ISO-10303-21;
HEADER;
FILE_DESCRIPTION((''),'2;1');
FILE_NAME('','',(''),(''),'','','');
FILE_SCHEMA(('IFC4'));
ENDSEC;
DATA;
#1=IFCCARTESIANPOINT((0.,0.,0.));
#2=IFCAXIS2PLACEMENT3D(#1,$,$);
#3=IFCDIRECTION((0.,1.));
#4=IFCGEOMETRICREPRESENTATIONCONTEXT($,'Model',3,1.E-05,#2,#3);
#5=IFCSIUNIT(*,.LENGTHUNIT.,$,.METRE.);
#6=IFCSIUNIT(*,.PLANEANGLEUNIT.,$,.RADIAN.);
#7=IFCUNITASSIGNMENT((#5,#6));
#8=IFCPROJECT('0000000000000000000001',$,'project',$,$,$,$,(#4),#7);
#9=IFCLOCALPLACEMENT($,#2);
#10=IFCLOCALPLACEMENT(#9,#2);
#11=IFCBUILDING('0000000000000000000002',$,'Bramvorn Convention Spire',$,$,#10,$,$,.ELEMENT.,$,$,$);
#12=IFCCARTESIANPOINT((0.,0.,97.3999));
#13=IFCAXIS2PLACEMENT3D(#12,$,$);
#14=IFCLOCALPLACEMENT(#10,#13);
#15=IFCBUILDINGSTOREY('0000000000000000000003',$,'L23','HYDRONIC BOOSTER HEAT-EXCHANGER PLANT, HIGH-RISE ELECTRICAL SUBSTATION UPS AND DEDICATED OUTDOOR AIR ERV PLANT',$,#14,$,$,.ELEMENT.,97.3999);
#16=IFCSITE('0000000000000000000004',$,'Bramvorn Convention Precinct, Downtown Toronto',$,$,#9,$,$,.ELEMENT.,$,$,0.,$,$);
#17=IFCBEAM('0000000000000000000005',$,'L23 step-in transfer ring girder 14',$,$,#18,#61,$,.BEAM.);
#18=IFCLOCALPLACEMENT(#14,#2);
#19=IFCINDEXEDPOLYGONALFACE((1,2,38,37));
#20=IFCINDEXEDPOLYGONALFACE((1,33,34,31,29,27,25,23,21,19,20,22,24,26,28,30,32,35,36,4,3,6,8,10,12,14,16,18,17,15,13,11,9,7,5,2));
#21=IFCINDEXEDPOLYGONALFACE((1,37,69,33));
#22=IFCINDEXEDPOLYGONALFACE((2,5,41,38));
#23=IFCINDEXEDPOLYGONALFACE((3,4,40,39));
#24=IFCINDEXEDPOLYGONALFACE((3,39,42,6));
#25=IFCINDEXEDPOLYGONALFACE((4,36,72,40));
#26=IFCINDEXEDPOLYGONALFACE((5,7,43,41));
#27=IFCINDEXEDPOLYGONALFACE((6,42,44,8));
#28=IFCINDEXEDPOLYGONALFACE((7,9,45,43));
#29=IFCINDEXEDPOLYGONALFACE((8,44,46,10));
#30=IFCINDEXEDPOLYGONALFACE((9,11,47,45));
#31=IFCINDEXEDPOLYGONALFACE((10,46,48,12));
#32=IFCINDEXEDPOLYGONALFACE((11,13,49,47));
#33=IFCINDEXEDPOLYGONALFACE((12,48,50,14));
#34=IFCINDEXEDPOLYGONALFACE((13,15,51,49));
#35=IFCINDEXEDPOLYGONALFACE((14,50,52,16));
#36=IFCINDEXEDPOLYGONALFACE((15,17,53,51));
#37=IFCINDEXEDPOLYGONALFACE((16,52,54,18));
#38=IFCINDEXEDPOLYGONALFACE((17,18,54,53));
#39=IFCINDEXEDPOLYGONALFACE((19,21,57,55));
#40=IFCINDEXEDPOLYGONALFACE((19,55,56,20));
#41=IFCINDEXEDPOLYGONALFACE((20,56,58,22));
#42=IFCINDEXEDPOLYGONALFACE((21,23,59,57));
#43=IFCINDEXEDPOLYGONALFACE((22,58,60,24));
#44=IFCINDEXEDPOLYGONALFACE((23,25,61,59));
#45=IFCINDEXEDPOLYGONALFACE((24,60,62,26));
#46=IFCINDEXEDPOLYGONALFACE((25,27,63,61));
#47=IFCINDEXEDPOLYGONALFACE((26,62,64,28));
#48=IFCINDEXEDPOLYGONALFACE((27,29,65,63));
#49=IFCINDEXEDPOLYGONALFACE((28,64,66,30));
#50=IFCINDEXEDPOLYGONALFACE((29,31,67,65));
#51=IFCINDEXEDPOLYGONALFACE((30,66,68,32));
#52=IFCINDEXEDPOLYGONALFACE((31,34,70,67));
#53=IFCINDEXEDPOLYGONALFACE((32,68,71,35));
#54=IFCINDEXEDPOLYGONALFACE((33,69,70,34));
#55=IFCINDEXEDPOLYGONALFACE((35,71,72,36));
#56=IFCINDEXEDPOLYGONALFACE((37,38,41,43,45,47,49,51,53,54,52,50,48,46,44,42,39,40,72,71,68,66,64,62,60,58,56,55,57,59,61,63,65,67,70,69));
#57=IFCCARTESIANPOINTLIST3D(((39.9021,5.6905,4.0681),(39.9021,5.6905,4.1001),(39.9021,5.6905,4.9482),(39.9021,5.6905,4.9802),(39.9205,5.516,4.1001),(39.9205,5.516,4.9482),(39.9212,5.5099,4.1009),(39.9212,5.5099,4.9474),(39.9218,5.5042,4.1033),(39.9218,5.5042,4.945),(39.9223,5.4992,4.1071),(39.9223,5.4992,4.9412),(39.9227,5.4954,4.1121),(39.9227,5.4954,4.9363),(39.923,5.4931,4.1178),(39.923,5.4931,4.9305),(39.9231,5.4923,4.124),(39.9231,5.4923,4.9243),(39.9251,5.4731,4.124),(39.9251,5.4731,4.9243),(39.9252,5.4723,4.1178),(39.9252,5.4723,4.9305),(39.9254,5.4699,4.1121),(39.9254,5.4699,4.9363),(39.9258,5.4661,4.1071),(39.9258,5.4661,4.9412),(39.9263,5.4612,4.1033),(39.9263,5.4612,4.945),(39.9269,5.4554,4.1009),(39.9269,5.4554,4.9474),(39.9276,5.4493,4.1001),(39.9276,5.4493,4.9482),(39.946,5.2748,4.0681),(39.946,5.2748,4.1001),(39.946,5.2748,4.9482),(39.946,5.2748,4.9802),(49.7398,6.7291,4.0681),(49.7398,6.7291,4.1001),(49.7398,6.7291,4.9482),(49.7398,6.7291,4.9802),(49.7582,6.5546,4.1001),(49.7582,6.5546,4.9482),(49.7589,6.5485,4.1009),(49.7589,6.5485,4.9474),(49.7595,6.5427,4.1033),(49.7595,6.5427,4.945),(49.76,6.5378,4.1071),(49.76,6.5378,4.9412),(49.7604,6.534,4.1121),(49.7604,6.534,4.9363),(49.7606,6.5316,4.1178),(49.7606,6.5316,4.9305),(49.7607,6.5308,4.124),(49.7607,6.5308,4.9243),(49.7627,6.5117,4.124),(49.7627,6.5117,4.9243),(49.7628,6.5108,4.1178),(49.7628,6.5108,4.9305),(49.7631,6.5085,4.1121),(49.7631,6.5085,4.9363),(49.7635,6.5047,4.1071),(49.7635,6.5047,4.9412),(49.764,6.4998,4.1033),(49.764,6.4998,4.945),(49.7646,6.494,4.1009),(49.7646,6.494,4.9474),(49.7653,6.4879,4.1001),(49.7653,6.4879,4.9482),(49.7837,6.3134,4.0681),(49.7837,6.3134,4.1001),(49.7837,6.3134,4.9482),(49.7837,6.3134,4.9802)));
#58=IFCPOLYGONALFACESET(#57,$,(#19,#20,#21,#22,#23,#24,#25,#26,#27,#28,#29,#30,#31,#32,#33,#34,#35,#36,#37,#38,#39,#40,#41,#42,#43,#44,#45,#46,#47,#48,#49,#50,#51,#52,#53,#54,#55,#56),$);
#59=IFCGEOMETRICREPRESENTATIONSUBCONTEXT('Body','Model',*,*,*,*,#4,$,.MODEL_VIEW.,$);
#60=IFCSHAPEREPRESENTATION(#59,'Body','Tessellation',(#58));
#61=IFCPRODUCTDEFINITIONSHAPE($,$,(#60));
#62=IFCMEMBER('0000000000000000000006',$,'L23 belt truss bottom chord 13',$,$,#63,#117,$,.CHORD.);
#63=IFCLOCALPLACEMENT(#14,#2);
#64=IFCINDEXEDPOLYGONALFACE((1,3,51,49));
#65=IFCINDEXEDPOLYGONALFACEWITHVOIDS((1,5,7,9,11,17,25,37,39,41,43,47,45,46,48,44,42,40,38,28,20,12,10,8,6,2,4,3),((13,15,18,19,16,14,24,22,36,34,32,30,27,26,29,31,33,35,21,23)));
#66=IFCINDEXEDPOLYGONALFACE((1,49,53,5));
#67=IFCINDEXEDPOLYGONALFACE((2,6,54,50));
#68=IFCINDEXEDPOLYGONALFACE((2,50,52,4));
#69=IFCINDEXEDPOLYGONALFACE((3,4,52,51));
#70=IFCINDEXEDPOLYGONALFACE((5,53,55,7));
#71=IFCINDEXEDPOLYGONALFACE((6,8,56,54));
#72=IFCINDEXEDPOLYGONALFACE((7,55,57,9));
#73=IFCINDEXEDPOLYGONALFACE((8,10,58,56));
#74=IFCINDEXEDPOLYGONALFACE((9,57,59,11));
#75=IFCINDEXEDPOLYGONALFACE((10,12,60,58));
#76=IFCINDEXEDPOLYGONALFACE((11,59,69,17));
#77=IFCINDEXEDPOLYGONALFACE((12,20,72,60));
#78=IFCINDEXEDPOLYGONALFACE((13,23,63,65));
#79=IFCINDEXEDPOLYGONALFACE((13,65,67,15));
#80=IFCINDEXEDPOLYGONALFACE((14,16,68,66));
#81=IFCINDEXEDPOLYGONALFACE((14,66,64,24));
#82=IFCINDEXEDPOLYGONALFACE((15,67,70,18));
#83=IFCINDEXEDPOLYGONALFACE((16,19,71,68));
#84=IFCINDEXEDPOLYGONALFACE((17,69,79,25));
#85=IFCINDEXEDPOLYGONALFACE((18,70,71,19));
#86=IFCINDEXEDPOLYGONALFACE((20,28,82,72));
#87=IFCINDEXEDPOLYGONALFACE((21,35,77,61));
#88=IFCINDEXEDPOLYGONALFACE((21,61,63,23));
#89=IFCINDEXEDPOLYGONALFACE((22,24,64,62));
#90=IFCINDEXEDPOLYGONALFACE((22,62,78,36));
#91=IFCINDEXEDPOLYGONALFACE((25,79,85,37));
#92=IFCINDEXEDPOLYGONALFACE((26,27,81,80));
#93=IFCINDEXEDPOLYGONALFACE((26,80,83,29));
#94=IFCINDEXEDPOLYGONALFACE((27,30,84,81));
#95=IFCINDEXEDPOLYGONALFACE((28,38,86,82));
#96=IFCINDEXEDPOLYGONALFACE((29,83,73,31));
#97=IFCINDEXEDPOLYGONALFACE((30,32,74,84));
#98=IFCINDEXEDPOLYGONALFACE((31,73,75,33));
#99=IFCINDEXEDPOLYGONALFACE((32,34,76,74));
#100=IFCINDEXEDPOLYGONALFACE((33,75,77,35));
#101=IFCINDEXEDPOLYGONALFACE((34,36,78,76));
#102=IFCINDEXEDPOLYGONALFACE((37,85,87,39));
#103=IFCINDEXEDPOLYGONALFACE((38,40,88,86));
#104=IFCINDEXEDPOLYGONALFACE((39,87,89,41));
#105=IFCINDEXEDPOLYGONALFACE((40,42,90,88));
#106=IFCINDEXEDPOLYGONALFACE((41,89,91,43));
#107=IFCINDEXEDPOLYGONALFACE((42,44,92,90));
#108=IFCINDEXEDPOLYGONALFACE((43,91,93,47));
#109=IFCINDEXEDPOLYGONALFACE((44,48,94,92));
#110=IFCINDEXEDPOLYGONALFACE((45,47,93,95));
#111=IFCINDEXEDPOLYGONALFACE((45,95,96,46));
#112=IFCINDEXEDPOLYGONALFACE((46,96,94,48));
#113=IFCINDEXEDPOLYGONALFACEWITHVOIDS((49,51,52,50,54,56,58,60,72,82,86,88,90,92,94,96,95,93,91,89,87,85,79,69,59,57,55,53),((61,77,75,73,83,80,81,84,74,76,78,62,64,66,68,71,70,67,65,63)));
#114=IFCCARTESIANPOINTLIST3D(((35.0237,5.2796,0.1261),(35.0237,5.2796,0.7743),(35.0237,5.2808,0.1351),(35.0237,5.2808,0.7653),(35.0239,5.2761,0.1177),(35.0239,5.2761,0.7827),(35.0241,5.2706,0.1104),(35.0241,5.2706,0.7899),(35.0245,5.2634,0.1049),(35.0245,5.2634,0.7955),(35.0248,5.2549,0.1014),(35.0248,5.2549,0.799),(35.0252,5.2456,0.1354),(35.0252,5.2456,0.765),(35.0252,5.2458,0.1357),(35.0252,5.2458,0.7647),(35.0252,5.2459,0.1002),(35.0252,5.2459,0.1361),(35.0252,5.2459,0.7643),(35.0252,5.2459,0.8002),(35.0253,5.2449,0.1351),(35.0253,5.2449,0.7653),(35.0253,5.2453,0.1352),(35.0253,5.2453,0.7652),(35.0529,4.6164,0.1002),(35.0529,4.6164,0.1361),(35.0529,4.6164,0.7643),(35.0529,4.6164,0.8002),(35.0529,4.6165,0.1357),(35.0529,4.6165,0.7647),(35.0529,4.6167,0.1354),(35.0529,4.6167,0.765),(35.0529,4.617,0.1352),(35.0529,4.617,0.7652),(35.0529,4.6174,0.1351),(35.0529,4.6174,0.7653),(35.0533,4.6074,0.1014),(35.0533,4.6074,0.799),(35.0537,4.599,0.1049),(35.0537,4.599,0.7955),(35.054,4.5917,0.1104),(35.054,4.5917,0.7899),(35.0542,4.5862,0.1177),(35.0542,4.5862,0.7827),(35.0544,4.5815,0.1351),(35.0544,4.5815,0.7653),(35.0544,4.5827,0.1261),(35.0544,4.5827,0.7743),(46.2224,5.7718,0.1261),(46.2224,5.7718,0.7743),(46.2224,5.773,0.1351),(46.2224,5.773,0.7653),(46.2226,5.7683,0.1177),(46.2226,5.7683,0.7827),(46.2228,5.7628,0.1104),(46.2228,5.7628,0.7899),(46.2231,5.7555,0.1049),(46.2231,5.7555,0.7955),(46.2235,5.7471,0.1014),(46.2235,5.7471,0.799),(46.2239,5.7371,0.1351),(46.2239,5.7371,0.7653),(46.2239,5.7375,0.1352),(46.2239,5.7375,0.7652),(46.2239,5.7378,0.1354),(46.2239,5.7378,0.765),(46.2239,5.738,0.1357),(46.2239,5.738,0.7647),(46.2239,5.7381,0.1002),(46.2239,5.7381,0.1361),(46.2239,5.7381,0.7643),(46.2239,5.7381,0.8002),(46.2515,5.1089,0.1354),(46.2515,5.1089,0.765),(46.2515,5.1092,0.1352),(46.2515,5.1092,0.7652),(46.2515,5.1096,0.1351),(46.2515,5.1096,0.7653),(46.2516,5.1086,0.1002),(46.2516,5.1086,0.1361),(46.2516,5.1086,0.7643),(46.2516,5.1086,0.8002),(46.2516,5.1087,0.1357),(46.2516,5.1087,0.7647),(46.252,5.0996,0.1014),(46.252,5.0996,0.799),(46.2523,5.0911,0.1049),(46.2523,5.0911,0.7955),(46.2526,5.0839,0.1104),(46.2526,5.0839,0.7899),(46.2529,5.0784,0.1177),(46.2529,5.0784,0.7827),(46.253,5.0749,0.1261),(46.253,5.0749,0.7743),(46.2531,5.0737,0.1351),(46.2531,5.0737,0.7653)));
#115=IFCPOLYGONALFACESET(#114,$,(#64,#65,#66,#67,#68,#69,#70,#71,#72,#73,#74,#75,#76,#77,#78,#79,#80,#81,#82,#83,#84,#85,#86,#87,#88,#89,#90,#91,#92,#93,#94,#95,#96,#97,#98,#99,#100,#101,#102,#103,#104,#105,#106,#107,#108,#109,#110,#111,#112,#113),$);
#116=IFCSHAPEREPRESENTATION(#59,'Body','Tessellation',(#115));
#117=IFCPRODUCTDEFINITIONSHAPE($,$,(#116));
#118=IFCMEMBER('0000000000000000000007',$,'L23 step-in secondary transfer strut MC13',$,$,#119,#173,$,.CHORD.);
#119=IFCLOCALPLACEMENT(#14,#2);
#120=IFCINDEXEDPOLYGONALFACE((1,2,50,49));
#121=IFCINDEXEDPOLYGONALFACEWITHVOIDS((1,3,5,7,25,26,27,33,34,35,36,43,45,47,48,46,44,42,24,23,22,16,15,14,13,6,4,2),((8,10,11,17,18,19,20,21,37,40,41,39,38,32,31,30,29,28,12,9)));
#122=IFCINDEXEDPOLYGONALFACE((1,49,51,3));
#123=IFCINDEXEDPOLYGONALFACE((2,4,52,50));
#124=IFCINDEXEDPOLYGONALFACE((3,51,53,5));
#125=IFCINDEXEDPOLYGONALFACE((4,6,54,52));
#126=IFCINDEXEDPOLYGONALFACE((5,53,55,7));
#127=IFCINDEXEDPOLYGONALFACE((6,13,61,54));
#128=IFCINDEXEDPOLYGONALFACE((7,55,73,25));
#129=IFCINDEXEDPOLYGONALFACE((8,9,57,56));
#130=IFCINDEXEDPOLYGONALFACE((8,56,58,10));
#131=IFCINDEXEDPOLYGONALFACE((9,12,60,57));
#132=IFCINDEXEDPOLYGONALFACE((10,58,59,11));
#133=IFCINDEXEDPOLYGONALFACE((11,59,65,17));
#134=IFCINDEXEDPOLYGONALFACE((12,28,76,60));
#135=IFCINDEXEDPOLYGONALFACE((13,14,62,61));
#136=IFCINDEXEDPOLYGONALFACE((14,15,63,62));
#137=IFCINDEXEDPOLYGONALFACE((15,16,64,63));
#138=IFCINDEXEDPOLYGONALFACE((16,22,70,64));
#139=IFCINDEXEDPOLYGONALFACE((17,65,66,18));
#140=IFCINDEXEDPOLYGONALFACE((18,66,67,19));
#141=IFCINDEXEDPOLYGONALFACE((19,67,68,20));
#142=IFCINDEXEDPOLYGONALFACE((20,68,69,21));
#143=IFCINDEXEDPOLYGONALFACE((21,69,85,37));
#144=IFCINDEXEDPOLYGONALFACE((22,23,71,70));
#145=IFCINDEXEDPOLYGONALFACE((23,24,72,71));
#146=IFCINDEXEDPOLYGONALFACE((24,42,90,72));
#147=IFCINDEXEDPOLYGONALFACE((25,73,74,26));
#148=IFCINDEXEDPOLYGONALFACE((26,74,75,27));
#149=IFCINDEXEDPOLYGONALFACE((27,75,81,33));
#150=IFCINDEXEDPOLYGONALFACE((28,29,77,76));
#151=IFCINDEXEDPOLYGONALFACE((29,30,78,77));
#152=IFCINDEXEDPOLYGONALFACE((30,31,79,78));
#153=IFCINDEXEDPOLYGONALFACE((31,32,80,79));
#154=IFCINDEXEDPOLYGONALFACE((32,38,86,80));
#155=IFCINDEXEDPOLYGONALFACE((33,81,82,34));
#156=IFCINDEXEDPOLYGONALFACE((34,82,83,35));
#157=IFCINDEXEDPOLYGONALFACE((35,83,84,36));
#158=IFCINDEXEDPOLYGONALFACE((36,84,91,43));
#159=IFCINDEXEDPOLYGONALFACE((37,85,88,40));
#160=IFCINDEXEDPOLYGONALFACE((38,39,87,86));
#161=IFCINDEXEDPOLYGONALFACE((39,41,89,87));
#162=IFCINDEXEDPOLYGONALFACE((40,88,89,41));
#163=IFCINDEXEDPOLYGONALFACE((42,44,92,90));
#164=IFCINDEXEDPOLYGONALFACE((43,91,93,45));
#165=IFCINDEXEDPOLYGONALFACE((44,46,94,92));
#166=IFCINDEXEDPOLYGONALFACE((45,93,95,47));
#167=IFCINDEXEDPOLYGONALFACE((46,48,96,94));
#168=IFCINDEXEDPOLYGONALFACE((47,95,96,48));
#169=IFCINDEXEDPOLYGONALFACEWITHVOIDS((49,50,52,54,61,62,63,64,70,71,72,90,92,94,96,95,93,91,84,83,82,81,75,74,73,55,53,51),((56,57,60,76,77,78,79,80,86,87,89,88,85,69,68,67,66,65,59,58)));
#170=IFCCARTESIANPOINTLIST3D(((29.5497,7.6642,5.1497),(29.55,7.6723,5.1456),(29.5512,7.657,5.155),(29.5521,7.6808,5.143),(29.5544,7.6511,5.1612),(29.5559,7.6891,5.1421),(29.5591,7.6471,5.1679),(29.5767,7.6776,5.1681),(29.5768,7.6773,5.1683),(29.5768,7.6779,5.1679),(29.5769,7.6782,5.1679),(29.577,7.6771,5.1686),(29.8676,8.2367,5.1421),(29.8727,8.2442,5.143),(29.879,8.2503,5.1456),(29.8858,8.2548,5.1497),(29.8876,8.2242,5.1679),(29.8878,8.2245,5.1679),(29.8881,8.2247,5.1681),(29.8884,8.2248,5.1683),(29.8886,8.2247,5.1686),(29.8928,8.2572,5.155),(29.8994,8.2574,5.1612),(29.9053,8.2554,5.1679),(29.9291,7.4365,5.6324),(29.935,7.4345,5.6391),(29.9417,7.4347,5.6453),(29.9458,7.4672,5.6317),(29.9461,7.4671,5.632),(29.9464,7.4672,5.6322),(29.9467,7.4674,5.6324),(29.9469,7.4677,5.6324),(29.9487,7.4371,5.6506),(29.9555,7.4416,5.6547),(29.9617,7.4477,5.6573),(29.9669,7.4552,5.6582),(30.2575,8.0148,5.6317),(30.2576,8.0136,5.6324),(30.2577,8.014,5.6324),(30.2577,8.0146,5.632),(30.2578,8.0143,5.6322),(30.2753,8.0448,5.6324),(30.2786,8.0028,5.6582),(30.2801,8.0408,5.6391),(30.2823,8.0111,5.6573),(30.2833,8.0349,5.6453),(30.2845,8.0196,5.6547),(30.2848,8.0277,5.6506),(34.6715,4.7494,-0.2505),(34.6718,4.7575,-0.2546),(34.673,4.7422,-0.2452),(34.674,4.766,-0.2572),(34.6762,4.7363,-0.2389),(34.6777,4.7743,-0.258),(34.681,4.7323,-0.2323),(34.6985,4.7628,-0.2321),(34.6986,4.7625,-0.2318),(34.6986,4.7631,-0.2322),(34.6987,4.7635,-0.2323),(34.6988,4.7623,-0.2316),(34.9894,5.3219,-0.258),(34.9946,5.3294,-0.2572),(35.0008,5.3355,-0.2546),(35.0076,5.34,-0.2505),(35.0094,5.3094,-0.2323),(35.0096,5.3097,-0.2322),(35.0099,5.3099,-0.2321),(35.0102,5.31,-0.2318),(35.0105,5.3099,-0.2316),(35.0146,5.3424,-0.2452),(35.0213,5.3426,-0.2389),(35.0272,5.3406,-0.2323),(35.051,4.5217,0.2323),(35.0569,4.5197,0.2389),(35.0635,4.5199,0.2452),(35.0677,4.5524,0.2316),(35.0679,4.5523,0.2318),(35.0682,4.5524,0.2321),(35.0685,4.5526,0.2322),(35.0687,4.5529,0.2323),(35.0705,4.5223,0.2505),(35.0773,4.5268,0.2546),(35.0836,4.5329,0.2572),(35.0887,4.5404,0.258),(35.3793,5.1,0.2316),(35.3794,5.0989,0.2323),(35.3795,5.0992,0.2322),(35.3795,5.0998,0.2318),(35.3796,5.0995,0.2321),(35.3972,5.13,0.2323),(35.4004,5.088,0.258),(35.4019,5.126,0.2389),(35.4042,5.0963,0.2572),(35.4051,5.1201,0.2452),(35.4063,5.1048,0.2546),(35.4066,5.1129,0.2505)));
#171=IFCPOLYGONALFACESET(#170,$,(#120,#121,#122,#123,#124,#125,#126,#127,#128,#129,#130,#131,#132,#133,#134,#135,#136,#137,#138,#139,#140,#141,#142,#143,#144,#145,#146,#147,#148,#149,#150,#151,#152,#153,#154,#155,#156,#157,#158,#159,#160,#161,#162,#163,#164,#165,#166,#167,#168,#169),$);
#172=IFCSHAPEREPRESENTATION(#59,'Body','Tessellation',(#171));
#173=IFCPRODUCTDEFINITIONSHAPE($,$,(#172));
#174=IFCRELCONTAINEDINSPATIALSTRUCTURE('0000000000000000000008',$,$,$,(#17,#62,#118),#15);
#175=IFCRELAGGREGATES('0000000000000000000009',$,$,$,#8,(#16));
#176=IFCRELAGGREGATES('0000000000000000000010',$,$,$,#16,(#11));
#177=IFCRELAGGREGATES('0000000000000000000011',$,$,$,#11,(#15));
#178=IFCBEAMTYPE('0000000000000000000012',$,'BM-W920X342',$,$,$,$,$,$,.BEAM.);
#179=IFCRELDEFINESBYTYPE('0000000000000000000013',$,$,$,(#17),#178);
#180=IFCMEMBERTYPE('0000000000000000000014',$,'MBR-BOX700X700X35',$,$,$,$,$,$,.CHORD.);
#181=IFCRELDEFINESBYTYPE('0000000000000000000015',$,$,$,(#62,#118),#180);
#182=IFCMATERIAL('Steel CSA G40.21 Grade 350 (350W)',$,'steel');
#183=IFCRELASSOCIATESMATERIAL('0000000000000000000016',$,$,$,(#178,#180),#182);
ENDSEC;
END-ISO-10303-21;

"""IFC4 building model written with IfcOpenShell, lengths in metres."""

from ifc_helpers import new_model, si_unit, direction, frame, origin, origin_2d, place, context, subcontext, project, spatial, hollow_rectangle, i_section, extrude, material, material_profile, profile_set, type_object, element, save


model = new_model("IFC4")

# Units and contexts
model_context = context("Model", 3, precision=1e-05, world=origin(), true_north=direction((0.0, 1.0)))
body_context = subcontext(model_context, "Body", "Model", "MODEL_VIEW")
ifc_project = project(units=[si_unit("LENGTHUNIT", "METRE"), si_unit("PLANEANGLEUNIT", "RADIAN")], contexts=[model_context])

# Site, building, storey
site_placement = place(None, origin())
site = spatial("IfcSite", under=ifc_project, at=site_placement, Name="Bramvorn Convention Precinct, Downtown Toronto", CompositionType="ELEMENT", RefElevation=0.0)
building_placement = place(site_placement, origin())
building = spatial("IfcBuilding", under=site, at=building_placement, Name="Bramvorn Convention Spire", CompositionType="ELEMENT")
storey_placement = place(building_placement, frame((0.0, 0.0, 97.3999)))
storey = spatial("IfcBuildingStorey", under=building, at=storey_placement, Name="L23", Description="HYDRONIC BOOSTER HEAT-EXCHANGER PLANT, HIGH-RISE ELECTRICAL SUBSTATION UPS AND DEDICATED OUTDOOR AIR ERV PLANT", CompositionType="ELEMENT", Elevation=97.3999)

# Shared definitions
ifc_material_1 = material(Name="Steel CSA G40.21 Grade 350 (350W)", Category="steel")

# Beam
ifc_material_profile_1 = material_profile(ifc_material_1, i_section(OverallWidth=0.418, OverallDepth=0.9121, WebThickness=0.0193, FlangeThickness=0.032, FilletRadius=0.0239, at=origin_2d()))
ifc_profile_set_1 = profile_set([ifc_material_profile_1], Name="Steel CSA G40.21 Grade 350 (350W) - W920X342")
beam_type = type_object("IfcBeamType", Name="BM-W920X342", PredefinedType="BEAM", material=ifc_profile_set_1)
beam_placement = place(storey_placement, frame((39.9241, 5.4827, 4.5242), z_axis=(0.994473, 0.104988, 0.0), x_axis=(-0.104988, 0.994473, 0.0)))
element("IfcBeam", 1, at=beam_placement, inside=storey, type_object=beam_type, Name="L23 step-in transfer ring girder 14", PredefinedType="BEAM", context=body_context, shape_type="SweptSolid", body=[
    extrude(i_section(OverallWidth=0.418, OverallDepth=0.9121, WebThickness=0.0193, FlangeThickness=0.032, FilletRadius=0.0239, at=origin_2d()), origin(), (0.0, 0.0, 1.0), 9.8923),
])

# Members
ifc_material_profile_2 = material_profile(ifc_material_1, hollow_rectangle(XDim=0.7, YDim=0.7, WallThickness=0.0349, InnerFilletRadius=0.001, OuterFilletRadius=0.0349, at=origin_2d()))
ifc_profile_set_2 = profile_set([ifc_material_profile_2], Name="Steel CSA G40.21 Grade 350 (350W) - BOX700X700X35")
member_type_1 = type_object("IfcMemberType", Name="MBR-BOX700X700X35", PredefinedType="CHORD", material=ifc_profile_set_2)
member_1_placement = place(storey_placement, frame((35.0391, 4.9312, 0.4502), z_axis=(0.999036, 0.043908, 0.0), x_axis=(-0.043908, 0.999036, 0.0)))
element("IfcMember", 2, at=member_1_placement, inside=storey, type_object=member_type_1, Name="L23 belt truss bottom chord 13", PredefinedType="CHORD", context=body_context, shape_type="SweptSolid", body=[
    extrude(hollow_rectangle(XDim=0.7, YDim=0.7, WallThickness=0.0349, InnerFilletRadius=0.001, OuterFilletRadius=0.0349, at=origin_2d()), origin(), (0.0, 0.0, 1.0), 11.2095),
])
member_2_placement = place(storey_placement, frame((35.0391, 4.9312, 0.0), z_axis=(-0.640776, 0.364661, 0.675595), x_axis=(-0.494608, -0.869116, 0.0)))
element("IfcMember", 3, at=member_2_placement, inside=storey, type_object=member_type_1, Name="L23 step-in secondary transfer strut MC13", PredefinedType="CHORD", context=body_context, shape_type="SweptSolid", body=[
    extrude(hollow_rectangle(XDim=0.7, YDim=0.7, WallThickness=0.0349, InnerFilletRadius=0.001, OuterFilletRadius=0.0349, at=origin_2d()), origin(), (0.0, 0.0, 1.0), 7.9932),
])

save(model, "model.ifc")
